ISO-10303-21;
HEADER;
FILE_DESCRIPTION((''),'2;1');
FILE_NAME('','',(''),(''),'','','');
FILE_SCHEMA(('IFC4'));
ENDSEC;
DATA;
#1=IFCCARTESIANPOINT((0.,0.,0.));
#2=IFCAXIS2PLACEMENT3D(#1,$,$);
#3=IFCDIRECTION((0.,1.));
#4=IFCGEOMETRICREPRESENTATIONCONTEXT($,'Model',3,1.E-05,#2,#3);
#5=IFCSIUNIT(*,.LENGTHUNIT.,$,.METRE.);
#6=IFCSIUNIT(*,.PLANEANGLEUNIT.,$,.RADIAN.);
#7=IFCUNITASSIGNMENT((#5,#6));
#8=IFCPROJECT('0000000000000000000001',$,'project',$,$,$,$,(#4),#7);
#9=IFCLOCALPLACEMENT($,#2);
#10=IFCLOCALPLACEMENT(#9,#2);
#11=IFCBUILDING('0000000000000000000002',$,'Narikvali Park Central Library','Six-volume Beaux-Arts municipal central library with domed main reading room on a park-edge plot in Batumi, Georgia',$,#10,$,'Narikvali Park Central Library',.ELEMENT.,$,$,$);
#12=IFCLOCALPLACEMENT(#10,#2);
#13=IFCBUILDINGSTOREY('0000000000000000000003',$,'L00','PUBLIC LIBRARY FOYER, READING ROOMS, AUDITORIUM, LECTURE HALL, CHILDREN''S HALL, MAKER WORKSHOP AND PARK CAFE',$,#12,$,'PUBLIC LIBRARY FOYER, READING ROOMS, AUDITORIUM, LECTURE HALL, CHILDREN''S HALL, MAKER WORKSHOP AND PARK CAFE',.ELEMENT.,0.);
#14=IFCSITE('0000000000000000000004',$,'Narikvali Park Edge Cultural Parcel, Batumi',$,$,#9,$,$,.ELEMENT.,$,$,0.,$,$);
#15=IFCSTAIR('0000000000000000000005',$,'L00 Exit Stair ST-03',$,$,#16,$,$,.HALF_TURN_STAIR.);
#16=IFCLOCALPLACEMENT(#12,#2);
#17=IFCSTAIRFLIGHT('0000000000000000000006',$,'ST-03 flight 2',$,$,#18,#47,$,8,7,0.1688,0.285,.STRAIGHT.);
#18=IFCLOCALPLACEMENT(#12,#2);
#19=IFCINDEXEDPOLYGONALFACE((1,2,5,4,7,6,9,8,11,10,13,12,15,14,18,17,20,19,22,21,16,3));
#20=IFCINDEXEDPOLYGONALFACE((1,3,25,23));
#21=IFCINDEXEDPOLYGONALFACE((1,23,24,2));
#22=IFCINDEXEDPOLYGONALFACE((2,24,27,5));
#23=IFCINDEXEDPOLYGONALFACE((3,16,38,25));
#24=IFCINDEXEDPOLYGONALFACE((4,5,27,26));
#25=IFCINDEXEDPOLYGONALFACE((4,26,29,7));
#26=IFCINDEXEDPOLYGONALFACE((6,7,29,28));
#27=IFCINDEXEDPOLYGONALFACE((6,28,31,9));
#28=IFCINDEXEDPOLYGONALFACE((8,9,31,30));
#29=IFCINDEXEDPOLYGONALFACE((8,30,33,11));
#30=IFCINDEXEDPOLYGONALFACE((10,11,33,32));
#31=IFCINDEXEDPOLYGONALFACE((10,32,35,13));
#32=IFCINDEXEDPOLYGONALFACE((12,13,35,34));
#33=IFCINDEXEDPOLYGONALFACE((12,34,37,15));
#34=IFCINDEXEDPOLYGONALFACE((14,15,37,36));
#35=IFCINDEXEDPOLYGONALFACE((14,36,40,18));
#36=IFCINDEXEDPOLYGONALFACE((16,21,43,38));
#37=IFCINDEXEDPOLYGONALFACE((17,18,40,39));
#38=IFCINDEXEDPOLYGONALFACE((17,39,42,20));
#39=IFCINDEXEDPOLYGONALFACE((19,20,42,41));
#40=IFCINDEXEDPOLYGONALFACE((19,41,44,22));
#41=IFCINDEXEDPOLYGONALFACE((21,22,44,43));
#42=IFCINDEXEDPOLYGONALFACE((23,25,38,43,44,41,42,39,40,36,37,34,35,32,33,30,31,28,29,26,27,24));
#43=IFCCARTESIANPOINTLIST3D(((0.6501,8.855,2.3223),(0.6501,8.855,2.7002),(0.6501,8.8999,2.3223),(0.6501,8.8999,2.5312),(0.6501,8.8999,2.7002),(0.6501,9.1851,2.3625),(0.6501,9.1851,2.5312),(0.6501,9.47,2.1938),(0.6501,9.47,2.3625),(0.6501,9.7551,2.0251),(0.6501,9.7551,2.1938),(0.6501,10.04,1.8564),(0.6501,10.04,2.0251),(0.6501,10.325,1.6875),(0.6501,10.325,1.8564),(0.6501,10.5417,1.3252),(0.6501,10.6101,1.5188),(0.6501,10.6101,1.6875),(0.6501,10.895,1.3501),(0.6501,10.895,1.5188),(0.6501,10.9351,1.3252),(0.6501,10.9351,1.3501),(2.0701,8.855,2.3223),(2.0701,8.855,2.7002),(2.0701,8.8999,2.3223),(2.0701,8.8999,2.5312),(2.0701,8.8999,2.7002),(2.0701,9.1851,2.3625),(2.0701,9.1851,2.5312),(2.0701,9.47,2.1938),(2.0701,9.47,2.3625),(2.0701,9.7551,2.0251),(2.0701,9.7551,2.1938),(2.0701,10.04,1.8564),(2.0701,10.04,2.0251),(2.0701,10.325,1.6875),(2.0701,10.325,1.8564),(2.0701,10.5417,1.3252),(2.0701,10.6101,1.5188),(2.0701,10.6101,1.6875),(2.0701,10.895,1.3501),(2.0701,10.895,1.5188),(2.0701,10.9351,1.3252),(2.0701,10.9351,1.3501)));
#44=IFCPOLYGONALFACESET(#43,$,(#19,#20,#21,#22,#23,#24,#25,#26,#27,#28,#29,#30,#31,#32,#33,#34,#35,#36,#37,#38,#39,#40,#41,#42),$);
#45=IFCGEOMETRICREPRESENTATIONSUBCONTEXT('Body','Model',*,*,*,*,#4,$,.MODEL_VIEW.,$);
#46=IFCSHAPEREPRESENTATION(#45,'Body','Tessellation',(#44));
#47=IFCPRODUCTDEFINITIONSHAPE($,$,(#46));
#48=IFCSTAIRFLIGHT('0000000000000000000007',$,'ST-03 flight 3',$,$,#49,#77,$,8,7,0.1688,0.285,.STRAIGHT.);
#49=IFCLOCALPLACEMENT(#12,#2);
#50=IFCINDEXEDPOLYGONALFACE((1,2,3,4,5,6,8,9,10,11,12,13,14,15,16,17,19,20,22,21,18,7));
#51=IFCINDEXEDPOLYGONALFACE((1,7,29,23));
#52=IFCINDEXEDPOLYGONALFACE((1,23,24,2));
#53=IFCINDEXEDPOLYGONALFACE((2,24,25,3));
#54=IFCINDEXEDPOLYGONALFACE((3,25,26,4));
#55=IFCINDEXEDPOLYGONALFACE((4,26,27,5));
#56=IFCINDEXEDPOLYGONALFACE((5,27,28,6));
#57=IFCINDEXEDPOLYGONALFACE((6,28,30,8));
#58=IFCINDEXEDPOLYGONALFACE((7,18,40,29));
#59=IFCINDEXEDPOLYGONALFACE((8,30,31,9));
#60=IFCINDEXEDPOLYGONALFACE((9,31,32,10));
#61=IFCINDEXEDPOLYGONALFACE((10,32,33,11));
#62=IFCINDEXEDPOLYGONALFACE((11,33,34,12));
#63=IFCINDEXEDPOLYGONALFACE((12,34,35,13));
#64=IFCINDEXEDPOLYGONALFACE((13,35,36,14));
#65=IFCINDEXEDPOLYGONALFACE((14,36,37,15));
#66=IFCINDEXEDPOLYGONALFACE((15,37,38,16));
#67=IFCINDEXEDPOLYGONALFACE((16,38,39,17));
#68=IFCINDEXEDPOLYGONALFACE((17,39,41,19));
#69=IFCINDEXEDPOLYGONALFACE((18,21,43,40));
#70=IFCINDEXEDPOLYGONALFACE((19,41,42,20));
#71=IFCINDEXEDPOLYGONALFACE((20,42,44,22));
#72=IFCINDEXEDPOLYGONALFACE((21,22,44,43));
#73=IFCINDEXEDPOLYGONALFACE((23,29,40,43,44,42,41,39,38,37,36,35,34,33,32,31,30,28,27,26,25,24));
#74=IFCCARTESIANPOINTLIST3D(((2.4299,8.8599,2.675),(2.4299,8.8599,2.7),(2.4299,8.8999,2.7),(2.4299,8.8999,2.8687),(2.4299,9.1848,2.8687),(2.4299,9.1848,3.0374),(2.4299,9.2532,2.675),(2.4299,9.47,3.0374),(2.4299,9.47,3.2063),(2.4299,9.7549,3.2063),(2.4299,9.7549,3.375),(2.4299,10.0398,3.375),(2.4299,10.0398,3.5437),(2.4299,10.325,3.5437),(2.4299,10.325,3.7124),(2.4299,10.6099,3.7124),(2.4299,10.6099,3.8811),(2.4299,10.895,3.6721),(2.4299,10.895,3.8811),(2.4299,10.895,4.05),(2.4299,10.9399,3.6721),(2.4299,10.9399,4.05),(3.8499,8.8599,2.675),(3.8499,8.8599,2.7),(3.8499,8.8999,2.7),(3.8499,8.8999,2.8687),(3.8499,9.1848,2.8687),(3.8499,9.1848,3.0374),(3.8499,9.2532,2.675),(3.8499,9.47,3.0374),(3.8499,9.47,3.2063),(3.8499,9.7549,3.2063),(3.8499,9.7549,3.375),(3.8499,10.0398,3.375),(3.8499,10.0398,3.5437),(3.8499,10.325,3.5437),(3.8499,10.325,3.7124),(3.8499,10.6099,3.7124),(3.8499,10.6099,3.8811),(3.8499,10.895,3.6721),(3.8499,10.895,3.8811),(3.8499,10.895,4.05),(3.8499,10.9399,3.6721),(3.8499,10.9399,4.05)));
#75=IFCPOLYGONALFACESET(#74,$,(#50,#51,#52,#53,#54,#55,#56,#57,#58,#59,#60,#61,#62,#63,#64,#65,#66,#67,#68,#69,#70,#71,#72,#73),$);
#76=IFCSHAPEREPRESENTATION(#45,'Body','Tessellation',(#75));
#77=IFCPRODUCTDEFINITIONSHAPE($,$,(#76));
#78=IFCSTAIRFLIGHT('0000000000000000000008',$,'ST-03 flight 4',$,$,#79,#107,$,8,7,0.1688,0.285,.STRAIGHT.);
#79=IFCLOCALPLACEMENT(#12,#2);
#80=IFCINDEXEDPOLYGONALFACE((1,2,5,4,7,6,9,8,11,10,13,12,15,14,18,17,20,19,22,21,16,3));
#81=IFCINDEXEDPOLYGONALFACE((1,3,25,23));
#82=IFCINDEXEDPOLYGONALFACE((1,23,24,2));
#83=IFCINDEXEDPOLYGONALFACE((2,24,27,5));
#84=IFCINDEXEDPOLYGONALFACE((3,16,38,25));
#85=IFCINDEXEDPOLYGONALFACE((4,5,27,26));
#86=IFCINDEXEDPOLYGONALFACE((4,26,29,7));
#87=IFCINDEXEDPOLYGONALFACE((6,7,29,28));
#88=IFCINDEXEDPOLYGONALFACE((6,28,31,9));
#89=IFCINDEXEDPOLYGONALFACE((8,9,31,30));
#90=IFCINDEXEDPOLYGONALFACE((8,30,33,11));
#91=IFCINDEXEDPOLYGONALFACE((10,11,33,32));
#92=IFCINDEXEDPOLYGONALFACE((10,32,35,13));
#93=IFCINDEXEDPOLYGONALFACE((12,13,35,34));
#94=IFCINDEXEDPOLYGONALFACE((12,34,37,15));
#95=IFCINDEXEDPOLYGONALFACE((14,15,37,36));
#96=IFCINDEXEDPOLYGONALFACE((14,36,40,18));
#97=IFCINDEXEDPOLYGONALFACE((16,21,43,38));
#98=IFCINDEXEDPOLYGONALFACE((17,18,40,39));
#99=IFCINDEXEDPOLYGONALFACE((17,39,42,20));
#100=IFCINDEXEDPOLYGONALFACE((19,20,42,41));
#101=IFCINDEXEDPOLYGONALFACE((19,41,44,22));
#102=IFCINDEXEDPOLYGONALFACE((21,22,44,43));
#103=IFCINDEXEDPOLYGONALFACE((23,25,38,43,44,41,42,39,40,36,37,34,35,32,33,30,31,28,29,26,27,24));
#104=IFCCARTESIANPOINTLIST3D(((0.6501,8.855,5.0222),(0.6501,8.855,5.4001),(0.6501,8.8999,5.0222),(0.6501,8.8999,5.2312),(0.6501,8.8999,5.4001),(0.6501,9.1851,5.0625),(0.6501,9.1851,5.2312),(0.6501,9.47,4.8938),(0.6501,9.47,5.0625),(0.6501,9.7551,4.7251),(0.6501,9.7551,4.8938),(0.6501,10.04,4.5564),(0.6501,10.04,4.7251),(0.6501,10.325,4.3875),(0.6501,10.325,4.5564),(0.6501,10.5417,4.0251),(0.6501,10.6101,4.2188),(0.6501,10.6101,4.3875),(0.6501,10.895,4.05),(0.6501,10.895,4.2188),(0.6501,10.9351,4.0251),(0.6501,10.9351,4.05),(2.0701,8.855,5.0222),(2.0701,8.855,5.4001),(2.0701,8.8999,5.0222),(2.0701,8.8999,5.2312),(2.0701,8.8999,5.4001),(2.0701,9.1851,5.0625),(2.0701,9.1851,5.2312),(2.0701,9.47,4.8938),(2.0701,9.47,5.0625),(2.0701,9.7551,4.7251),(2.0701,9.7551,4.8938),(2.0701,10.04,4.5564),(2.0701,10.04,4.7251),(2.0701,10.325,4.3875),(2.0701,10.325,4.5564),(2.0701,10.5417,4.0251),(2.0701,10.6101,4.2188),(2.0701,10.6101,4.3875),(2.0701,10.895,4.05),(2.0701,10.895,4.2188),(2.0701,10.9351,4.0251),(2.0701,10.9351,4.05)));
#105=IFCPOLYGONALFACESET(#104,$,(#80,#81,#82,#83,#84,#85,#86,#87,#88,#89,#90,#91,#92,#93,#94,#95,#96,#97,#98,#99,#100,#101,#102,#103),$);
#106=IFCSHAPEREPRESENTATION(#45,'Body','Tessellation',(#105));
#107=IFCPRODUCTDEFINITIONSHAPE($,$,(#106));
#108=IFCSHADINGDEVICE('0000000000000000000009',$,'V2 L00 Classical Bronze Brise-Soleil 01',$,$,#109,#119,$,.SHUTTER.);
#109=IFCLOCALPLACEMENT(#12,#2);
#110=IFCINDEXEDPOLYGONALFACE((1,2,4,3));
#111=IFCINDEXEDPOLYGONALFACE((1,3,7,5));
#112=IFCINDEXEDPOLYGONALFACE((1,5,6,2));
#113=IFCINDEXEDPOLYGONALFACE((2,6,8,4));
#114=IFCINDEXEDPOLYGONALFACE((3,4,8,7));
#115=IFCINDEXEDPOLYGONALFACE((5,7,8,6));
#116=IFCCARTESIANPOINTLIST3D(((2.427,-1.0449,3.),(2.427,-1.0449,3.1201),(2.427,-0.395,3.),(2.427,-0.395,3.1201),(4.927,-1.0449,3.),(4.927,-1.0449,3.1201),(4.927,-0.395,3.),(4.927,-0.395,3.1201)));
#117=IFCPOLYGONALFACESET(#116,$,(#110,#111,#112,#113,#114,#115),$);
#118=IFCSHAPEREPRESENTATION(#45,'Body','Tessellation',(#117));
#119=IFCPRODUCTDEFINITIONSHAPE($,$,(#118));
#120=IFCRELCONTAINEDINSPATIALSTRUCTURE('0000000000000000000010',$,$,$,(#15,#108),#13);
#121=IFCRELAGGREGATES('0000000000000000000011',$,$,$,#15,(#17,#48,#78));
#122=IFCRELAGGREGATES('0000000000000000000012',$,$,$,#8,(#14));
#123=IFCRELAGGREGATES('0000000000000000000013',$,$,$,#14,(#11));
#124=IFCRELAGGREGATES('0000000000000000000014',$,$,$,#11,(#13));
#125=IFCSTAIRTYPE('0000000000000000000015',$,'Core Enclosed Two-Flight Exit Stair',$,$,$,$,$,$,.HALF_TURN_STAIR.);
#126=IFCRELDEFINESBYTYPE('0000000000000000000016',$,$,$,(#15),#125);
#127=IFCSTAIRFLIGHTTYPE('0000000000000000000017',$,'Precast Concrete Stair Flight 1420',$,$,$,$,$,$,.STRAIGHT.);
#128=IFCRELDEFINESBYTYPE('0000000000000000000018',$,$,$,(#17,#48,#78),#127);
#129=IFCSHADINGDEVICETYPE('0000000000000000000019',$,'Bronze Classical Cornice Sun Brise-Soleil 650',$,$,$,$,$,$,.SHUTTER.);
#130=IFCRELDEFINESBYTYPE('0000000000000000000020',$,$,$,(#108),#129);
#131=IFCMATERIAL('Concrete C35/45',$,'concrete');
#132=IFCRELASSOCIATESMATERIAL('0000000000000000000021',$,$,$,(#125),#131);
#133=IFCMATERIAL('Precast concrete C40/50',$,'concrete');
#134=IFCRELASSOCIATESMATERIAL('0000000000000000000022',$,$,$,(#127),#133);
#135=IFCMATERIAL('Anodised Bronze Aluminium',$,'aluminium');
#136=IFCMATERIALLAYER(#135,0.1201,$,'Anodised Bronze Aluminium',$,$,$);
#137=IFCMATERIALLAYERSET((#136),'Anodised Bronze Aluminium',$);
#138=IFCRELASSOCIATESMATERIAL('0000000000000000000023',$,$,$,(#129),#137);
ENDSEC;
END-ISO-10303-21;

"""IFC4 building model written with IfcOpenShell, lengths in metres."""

from ifc_helpers import new_model, si_unit, direction, frame, origin, origin_2d, place, context, subcontext, project, spatial, polyline, rectangle, outline, extrude, material, layer, layer_set, type_object, element, aggregate, save


model = new_model("IFC4")

# Units and contexts
model_context = context("Model", 3, precision=1e-05, world=origin(), true_north=direction((0.0, 1.0)))
body_context = subcontext(model_context, "Body", "Model", "MODEL_VIEW")
ifc_project = project(units=[si_unit("LENGTHUNIT", "METRE"), si_unit("PLANEANGLEUNIT", "RADIAN")], contexts=[model_context])

# Site, building, storey
site_placement = place(None, origin())
site = spatial("IfcSite", under=ifc_project, at=site_placement, Name="Narikvali Park Edge Cultural Parcel, Batumi", CompositionType="ELEMENT", RefElevation=0.0)
building_placement = place(site_placement, origin())
building = spatial("IfcBuilding", under=site, at=building_placement, Name="Narikvali Park Central Library", Description="Six-volume Beaux-Arts municipal central library with domed main reading room on a park-edge plot in Batumi, Georgia", LongName="Narikvali Park Central Library", CompositionType="ELEMENT")
storey_placement = place(building_placement, origin())
storey = spatial("IfcBuildingStorey", under=building, at=storey_placement, Name="L00", Description="PUBLIC LIBRARY FOYER, READING ROOMS, AUDITORIUM, LECTURE HALL, CHILDREN'S HALL, MAKER WORKSHOP AND PARK CAFE", LongName="PUBLIC LIBRARY FOYER, READING ROOMS, AUDITORIUM, LECTURE HALL, CHILDREN'S HALL, MAKER WORKSHOP AND PARK CAFE", CompositionType="ELEMENT", Elevation=0.0)

# Shared definitions
ifc_material_1 = material(Name="Concrete C35/45", Category="concrete")

# Stair, stair flights
stair_type_1 = type_object("IfcStairType", Name="Core Enclosed Two-Flight Exit Stair", PredefinedType="HALF_TURN_STAIR", material=ifc_material_1)
stair_1_placement = place(storey_placement, origin())
stair_1 = element("IfcStair", 1, at=stair_1_placement, inside=storey, type_object=stair_type_1, Name="L00 Exit Stair ST-03", PredefinedType="HALF_TURN_STAIR")
ifc_material_2 = material(Name="Precast concrete C40/50", Category="concrete")
stair_flight_type = type_object("IfcStairFlightType", Name="Precast Concrete Stair Flight 1420", PredefinedType="STRAIGHT", material=ifc_material_2)
stair_flight_1_placement = place(storey_placement, frame((1.3601, 10.895, 1.3501), z_axis=(0.0, 0.0, 1.0), x_axis=(0.0, -1.0, 0.0)))
stair_flight_1 = element("IfcStairFlight", 2, at=stair_flight_1_placement, type_object=stair_flight_type, Name="ST-03 flight 2", NumberOfRisers=8, NumberOfTreads=7, PredefinedType="STRAIGHT", RiserHeight=0.1688, TreadLength=0.285, context=body_context, shape_type="SweptSolid", body=[
    extrude(outline(polyline([(-0.04, -0.0249), (-0.04, 0.0), (0.0, 0.0), (0.0, 0.1687), (0.2849, 0.1687), (0.2849, 0.3374), (0.5701, 0.3374), (0.5701, 0.5063), (0.855, 0.5063), (0.855, 0.675), (1.1399, 0.675), (1.1399, 0.8438), (1.425, 0.8438), (1.425, 1.0125), (1.71, 1.0125), (1.71, 1.1812), (1.9951, 1.1812), (1.9951, 1.3501), (2.04, 1.3501), (2.04, 0.9722), (1.9951, 0.9722), (0.3533, -0.0249), (-0.04, -0.0249)])), frame((0.0, 0.71, 0.0), z_axis=(0.0, -1.0, 0.0), x_axis=(1.0, 0.0, 0.0)), (0.0, 0.0, 1.0), 1.4199),
])
stair_flight_2_placement = place(storey_placement, frame((3.1399, 8.8999, 2.7), z_axis=(0.0, 0.0, 1.0), x_axis=(0.0, 1.0, 0.0)))
stair_flight_2 = element("IfcStairFlight", 3, at=stair_flight_2_placement, type_object=stair_flight_type, Name="ST-03 flight 3", NumberOfRisers=8, NumberOfTreads=7, PredefinedType="STRAIGHT", RiserHeight=0.1688, TreadLength=0.285, context=body_context, shape_type="SweptSolid", body=[
    extrude(outline(polyline([(-0.04, -0.0249), (-0.04, 0.0), (0.0, 0.0), (0.0, 0.1687), (0.2849, 0.1687), (0.2849, 0.3374), (0.5701, 0.3374), (0.5701, 0.5063), (0.855, 0.5063), (0.855, 0.675), (1.1399, 0.675), (1.1399, 0.8438), (1.425, 0.8438), (1.425, 1.0125), (1.71, 1.0125), (1.71, 1.1812), (1.9951, 1.1812), (1.9951, 1.3501), (2.04, 1.3501), (2.04, 0.9722), (1.9951, 0.9722), (0.3533, -0.0249), (-0.04, -0.0249)])), frame((0.0, 0.71, 0.0), z_axis=(0.0, -1.0, 0.0), x_axis=(1.0, 0.0, 0.0)), (0.0, 0.0, 1.0), 1.4199),
])
stair_flight_3_placement = place(storey_placement, frame((1.3601, 10.895, 4.05), z_axis=(0.0, 0.0, 1.0), x_axis=(0.0, -1.0, 0.0)))
stair_flight_3 = element("IfcStairFlight", 4, at=stair_flight_3_placement, type_object=stair_flight_type, Name="ST-03 flight 4", NumberOfRisers=8, NumberOfTreads=7, PredefinedType="STRAIGHT", RiserHeight=0.1688, TreadLength=0.285, context=body_context, shape_type="SweptSolid", body=[
    extrude(outline(polyline([(-0.04, -0.0249), (-0.04, 0.0), (0.0, 0.0), (0.0, 0.1687), (0.2849, 0.1687), (0.2849, 0.3374), (0.5701, 0.3374), (0.5701, 0.5063), (0.855, 0.5063), (0.855, 0.675), (1.1399, 0.675), (1.1399, 0.8438), (1.425, 0.8438), (1.425, 1.0125), (1.71, 1.0125), (1.71, 1.1812), (1.9951, 1.1812), (1.9951, 1.3501), (2.04, 1.3501), (2.04, 0.9722), (1.9951, 0.9722), (0.3533, -0.0249), (-0.04, -0.0249)])), frame((0.0, 0.71, 0.0), z_axis=(0.0, -1.0, 0.0), x_axis=(1.0, 0.0, 0.0)), (0.0, 0.0, 1.0), 1.4199),
])
aggregate(stair_1, [stair_flight_1, stair_flight_2, stair_flight_3])

# Shading device
ifc_material_3 = material(Name="Anodised Bronze Aluminium", Category="aluminium")
ifc_layer_1 = layer(ifc_material_3, 0.1201, Name="Anodised Bronze Aluminium")
ifc_layer_set_1 = layer_set([ifc_layer_1], Name="Anodised Bronze Aluminium")
shading_device_type = type_object("IfcShadingDeviceType", Name="Bronze Classical Cornice Sun Brise-Soleil 650", PredefinedType="SHUTTER", material=ifc_layer_set_1)
shading_device_placement = place(storey_placement, frame((3.677, -0.72, 3.0), z_axis=(0.0, 0.0, 1.0), x_axis=(1.0, 0.0, 0.0)))
element("IfcShadingDevice", 5, at=shading_device_placement, inside=storey, type_object=shading_device_type, Name="V2 L00 Classical Bronze Brise-Soleil 01", PredefinedType="SHUTTER", context=body_context, shape_type="SweptSolid", body=[
    extrude(rectangle(XDim=2.5, YDim=0.6499, at=origin_2d()), origin(), (0.0, 0.0, 1.0), 0.1201),
])

save(model, "model.ifc")
